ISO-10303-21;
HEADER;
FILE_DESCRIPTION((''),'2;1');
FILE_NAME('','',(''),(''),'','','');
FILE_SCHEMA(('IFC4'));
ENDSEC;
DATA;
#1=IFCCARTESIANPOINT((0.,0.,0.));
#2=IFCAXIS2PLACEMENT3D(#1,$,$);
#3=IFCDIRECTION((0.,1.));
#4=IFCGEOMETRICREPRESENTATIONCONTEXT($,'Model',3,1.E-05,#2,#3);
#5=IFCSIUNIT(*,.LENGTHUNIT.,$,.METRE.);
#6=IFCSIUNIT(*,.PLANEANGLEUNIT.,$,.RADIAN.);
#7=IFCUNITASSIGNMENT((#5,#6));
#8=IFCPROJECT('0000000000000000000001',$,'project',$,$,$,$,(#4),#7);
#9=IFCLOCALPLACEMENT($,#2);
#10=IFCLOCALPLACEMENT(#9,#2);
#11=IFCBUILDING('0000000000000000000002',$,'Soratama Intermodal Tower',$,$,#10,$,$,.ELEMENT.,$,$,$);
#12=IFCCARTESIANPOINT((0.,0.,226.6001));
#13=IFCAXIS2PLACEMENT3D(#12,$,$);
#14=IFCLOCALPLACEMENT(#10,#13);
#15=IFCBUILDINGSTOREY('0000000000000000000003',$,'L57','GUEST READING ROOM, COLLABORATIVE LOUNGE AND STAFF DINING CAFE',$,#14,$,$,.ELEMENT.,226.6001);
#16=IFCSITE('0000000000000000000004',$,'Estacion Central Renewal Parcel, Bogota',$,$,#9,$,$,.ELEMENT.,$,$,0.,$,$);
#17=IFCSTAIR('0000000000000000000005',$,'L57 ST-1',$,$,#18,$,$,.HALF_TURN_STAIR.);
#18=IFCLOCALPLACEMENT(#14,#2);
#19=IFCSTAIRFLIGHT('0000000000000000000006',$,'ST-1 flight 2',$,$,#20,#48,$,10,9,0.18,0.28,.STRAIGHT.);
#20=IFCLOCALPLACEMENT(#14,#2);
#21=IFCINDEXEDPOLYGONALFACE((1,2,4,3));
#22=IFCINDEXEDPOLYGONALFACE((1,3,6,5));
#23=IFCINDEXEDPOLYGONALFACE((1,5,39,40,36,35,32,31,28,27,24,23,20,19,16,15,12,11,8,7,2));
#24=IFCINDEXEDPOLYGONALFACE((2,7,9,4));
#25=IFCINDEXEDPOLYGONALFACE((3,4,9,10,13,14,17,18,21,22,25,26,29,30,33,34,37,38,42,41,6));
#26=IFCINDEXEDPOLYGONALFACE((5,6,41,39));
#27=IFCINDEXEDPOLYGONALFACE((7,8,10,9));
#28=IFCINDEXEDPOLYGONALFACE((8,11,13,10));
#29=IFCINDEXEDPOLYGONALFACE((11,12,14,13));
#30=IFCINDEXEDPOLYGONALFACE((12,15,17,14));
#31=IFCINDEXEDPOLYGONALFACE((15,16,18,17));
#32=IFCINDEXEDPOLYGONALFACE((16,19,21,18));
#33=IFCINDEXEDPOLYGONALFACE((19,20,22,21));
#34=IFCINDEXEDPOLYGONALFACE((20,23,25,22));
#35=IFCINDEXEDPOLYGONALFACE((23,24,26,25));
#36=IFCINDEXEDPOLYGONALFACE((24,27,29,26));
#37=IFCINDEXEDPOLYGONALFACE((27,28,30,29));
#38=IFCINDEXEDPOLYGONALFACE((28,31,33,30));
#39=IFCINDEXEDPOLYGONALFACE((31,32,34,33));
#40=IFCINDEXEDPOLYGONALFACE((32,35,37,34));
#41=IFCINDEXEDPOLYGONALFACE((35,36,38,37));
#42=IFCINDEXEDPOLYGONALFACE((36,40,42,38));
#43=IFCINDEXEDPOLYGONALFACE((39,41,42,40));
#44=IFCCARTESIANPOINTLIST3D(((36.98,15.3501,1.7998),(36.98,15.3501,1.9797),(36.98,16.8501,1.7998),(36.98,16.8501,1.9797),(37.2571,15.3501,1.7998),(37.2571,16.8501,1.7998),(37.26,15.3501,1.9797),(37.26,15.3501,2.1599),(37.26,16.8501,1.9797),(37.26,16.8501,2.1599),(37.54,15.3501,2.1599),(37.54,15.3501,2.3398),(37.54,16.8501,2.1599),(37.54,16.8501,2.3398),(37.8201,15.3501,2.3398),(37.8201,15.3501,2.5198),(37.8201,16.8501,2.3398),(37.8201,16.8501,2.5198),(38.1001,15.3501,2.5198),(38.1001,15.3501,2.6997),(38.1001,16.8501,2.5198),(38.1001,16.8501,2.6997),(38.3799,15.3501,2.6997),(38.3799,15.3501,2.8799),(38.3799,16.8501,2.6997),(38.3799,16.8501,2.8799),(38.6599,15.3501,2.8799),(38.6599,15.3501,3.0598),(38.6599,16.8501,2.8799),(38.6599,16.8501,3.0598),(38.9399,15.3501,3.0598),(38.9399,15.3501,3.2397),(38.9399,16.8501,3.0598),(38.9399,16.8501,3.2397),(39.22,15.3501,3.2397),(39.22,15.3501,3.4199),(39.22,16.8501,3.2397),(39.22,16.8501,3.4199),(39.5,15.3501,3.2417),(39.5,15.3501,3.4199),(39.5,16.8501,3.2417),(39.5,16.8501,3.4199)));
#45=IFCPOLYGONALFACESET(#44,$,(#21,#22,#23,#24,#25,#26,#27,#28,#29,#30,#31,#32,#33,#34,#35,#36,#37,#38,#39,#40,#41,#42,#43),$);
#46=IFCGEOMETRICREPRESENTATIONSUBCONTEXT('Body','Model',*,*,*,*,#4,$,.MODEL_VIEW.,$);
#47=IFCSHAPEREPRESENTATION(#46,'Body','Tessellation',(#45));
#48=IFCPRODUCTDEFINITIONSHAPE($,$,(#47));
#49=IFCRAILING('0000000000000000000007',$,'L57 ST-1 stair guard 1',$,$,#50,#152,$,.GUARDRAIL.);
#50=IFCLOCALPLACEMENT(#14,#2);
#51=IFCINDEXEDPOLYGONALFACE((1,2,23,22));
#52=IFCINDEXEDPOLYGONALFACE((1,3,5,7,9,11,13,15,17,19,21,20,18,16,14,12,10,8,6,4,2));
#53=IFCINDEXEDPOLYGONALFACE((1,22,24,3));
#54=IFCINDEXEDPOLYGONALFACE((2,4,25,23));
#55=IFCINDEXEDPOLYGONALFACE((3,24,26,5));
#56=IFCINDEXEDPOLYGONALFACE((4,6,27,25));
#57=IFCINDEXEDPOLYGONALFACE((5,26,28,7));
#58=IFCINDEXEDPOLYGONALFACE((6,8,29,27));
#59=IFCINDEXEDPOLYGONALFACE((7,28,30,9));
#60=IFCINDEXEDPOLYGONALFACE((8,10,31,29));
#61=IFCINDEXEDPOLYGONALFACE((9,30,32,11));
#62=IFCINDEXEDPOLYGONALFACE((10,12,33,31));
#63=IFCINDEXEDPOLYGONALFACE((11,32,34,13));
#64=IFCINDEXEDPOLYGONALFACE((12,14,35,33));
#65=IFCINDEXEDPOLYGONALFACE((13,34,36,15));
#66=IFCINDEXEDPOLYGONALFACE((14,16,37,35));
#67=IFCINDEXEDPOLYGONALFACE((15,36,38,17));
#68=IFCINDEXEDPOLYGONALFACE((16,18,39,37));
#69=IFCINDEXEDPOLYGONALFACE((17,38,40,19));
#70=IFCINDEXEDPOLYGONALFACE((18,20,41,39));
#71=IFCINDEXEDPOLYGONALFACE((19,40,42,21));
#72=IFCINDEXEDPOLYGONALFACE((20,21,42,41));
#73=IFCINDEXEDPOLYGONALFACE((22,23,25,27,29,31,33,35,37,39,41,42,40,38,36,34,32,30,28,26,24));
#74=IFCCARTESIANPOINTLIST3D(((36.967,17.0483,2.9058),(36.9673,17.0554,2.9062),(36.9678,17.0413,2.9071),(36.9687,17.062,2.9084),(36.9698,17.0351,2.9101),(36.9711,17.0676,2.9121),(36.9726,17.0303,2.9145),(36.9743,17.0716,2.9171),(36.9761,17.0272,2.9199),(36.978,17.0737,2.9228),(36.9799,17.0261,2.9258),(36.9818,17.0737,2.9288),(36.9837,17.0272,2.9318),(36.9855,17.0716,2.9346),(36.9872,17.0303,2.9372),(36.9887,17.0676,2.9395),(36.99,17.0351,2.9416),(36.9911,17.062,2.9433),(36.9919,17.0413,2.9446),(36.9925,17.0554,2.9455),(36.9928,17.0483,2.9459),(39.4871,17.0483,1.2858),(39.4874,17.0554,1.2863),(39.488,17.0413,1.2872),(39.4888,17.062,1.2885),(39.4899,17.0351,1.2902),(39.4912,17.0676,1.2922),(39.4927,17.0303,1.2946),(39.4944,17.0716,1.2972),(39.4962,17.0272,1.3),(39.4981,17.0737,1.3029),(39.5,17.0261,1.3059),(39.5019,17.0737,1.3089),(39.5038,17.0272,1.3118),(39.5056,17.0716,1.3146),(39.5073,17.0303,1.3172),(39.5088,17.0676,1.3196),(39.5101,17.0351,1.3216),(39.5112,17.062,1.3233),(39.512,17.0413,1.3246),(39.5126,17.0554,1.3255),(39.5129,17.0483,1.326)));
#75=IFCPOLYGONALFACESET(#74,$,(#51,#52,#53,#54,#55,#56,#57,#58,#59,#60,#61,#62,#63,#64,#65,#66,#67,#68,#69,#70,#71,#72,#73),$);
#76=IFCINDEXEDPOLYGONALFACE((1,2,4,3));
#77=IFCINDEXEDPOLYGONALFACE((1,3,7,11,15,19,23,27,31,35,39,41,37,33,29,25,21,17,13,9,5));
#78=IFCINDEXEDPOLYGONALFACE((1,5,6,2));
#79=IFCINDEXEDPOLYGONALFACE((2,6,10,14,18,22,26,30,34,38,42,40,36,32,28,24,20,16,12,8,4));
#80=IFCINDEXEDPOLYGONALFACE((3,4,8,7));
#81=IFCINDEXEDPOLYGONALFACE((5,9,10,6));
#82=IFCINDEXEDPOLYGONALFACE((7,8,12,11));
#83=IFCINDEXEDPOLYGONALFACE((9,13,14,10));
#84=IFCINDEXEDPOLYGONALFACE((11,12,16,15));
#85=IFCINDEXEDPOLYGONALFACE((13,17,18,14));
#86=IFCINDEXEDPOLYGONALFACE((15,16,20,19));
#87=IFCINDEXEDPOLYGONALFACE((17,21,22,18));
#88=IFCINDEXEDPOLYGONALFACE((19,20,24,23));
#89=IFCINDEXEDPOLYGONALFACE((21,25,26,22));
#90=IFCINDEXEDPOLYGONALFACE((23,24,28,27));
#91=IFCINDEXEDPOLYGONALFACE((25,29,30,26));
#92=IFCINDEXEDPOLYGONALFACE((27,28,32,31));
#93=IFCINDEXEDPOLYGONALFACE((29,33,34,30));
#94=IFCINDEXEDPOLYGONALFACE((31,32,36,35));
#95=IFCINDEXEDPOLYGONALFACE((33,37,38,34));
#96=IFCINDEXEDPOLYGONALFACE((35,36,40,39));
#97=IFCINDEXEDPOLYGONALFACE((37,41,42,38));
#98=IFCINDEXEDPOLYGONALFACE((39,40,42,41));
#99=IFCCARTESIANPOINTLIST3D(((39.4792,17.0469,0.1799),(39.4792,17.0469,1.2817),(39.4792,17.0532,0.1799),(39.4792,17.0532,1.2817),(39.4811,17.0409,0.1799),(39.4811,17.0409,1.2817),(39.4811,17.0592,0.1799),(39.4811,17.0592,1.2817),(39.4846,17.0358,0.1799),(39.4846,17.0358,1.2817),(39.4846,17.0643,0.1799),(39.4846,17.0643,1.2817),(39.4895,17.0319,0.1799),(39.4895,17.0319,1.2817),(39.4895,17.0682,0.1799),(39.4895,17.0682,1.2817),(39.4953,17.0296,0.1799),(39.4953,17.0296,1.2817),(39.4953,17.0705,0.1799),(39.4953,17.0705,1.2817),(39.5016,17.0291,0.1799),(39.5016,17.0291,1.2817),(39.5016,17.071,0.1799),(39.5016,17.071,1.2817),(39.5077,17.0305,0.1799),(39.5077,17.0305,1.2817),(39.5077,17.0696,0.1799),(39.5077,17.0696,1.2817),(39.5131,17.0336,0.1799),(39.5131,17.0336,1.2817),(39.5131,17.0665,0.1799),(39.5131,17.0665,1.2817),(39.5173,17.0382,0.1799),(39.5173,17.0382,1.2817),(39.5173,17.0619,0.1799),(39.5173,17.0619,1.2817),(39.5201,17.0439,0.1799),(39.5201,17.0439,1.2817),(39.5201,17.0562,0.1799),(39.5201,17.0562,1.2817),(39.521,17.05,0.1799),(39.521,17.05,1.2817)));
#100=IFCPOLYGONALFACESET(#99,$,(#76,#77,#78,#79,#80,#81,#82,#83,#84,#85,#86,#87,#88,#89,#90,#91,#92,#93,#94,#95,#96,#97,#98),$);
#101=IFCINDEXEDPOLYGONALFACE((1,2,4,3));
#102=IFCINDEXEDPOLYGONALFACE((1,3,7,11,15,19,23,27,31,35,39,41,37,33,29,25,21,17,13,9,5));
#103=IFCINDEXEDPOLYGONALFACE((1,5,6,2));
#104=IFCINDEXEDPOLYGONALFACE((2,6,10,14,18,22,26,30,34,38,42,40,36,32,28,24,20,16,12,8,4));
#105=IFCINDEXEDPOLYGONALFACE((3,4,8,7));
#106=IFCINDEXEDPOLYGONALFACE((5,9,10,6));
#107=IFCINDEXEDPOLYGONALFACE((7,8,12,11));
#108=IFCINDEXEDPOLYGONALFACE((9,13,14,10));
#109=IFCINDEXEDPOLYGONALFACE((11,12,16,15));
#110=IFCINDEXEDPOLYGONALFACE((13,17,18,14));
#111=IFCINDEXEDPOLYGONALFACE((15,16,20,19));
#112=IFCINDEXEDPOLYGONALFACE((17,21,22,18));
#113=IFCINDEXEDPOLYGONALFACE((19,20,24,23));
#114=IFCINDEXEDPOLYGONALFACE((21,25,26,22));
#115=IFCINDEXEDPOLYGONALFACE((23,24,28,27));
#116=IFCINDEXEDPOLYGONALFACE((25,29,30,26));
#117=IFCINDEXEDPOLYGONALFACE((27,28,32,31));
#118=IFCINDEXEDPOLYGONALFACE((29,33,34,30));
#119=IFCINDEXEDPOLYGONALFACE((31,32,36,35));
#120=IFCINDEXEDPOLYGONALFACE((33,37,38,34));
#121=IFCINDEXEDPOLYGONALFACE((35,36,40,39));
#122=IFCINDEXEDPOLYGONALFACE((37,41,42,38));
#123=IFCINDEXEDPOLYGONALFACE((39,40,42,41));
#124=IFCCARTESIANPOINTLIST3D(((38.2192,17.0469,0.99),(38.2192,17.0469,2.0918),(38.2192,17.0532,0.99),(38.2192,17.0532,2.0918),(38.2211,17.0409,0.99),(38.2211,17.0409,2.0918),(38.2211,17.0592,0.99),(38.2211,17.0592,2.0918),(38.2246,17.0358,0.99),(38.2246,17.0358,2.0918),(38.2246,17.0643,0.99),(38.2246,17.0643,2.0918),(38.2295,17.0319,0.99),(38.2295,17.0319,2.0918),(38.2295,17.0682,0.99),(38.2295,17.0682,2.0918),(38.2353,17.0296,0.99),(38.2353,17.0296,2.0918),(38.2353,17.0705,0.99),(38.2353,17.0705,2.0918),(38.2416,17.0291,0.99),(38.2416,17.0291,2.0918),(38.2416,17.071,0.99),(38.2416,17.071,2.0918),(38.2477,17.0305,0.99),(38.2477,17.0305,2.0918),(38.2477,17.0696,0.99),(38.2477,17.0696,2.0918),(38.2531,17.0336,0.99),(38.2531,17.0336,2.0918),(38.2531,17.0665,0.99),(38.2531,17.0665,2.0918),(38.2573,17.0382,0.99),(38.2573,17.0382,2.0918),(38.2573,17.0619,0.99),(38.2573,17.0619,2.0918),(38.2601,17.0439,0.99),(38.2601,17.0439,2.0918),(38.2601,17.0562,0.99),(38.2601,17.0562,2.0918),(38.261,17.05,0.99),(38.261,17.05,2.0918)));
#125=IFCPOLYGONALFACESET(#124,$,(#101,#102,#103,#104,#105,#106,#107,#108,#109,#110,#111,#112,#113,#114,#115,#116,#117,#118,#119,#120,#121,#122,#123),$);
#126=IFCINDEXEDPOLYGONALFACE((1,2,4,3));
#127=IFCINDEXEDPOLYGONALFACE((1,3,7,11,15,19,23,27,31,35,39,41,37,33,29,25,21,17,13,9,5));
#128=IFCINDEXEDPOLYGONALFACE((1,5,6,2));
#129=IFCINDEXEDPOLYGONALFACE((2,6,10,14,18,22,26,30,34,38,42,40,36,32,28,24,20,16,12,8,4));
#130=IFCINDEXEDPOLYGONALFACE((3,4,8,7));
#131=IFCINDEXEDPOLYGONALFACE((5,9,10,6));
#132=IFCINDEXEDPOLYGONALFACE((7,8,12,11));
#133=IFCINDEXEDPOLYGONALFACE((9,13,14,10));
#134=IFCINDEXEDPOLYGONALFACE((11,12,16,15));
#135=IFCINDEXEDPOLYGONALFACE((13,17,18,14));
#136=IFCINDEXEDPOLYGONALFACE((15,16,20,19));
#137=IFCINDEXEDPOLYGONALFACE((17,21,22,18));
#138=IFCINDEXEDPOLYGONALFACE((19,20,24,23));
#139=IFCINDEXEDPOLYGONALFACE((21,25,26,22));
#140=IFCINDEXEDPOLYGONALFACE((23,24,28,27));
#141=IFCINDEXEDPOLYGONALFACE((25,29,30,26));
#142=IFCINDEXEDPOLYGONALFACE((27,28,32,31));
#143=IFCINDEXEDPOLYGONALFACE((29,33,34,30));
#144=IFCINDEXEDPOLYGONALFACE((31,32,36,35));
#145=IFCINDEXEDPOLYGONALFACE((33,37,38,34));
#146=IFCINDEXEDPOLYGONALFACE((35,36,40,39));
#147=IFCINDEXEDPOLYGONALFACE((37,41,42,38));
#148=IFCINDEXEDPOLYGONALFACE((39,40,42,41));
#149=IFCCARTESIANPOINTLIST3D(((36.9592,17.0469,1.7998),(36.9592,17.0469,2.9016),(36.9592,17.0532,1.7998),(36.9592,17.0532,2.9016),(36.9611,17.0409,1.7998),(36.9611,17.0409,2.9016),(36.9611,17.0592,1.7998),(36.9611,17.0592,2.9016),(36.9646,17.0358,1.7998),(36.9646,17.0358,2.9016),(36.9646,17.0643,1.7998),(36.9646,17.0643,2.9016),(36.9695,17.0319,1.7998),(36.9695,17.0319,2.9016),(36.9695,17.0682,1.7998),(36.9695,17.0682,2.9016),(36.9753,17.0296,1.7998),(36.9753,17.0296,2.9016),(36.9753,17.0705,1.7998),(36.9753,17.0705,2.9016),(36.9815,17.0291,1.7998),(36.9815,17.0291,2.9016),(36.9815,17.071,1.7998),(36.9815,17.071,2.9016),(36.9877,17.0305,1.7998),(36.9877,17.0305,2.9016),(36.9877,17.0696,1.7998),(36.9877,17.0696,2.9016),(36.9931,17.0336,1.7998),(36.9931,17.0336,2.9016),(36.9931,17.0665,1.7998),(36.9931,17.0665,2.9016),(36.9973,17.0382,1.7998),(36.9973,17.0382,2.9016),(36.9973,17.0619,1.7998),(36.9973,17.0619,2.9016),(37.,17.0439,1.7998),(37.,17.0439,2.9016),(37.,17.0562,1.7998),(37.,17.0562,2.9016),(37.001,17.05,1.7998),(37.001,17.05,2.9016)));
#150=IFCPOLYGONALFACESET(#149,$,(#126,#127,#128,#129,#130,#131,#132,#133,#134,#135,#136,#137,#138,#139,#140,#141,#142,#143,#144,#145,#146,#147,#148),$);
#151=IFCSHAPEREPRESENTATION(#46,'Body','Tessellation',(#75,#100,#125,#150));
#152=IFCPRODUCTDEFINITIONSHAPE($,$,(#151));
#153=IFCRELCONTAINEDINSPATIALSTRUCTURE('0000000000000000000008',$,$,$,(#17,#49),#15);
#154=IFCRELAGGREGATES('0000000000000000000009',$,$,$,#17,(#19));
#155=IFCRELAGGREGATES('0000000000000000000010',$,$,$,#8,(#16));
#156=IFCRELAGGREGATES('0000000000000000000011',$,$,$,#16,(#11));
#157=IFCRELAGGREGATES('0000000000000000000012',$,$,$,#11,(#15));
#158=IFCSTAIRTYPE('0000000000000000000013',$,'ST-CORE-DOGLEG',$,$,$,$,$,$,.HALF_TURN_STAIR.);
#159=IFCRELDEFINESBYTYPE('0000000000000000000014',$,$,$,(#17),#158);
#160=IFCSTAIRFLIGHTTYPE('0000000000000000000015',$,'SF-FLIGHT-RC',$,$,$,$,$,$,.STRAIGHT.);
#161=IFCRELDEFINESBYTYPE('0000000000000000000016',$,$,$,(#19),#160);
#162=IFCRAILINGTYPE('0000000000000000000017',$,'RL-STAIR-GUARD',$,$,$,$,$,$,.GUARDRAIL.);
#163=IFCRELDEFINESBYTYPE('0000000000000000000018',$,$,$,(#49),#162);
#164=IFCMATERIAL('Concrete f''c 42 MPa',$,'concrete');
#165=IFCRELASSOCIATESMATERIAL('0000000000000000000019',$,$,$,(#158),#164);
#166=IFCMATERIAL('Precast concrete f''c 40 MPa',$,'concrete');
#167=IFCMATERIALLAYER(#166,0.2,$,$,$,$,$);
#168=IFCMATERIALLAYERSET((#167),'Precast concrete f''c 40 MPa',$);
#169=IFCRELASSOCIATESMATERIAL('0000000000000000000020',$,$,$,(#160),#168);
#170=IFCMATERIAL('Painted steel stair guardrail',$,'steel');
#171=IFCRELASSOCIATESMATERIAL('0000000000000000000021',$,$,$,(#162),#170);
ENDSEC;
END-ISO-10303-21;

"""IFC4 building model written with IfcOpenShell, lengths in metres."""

from ifc_helpers import new_model, si_unit, direction, frame, origin, origin_2d, place, context, subcontext, project, spatial, polyline, circle, outline, extrude, material, layer, layer_set, type_object, element, aggregate, save


model = new_model("IFC4")

# Units and contexts
model_context = context("Model", 3, precision=1e-05, world=origin(), true_north=direction((0.0, 1.0)))
body_context = subcontext(model_context, "Body", "Model", "MODEL_VIEW")
ifc_project = project(units=[si_unit("LENGTHUNIT", "METRE"), si_unit("PLANEANGLEUNIT", "RADIAN")], contexts=[model_context])

# Site, building, storey
site_placement = place(None, origin())
site = spatial("IfcSite", under=ifc_project, at=site_placement, Name="Estacion Central Renewal Parcel, Bogota", CompositionType="ELEMENT", RefElevation=0.0)
building_placement = place(site_placement, origin())
building = spatial("IfcBuilding", under=site, at=building_placement, Name="Soratama Intermodal Tower", CompositionType="ELEMENT")
storey_placement = place(building_placement, frame((0.0, 0.0, 226.6001)))
storey = spatial("IfcBuildingStorey", under=building, at=storey_placement, Name="L57", Description="GUEST READING ROOM, COLLABORATIVE LOUNGE AND STAFF DINING CAFE", CompositionType="ELEMENT", Elevation=226.6001)

# Stair, stair flight
ifc_material_1 = material(Name="Concrete f'c 42 MPa", Category="concrete")
stair_type = type_object("IfcStairType", Name="ST-CORE-DOGLEG", PredefinedType="HALF_TURN_STAIR", material=ifc_material_1)
stair_placement = place(storey_placement, origin())
stair = element("IfcStair", 1, at=stair_placement, inside=storey, type_object=stair_type, Name="L57 ST-1", PredefinedType="HALF_TURN_STAIR")
ifc_material_2 = material(Name="Precast concrete f'c 40 MPa", Category="concrete")
ifc_layer_1 = layer(ifc_material_2, 0.2)
ifc_layer_set_1 = layer_set([ifc_layer_1], Name="Precast concrete f'c 40 MPa")
stair_flight_type = type_object("IfcStairFlightType", Name="SF-FLIGHT-RC", PredefinedType="STRAIGHT", material=ifc_layer_set_1)
stair_flight_1_placement = place(storey_placement, frame((36.98, 16.1001, 1.7998), z_axis=(0.0, 0.0, 1.0), x_axis=(1.0, 0.0, 0.0)))
stair_flight_1 = element("IfcStairFlight", 2, at=stair_flight_1_placement, type_object=stair_flight_type, Name="ST-1 flight 2", NumberOfRisers=10, NumberOfTreads=9, PredefinedType="STRAIGHT", RiserHeight=0.18, TreadLength=0.28, context=body_context, shape_type="SweptSolid", body=[
    extrude(outline(polyline([(0.0, 0.0), (0.0, 0.1799), (0.28, 0.1799), (0.28, 0.3601), (0.5601, 0.3601), (0.5601, 0.54), (0.8401, 0.54), (0.8401, 0.72), (1.1201, 0.72), (1.1201, 0.8999), (1.3999, 0.8999), (1.3999, 1.0801), (1.6799, 1.0801), (1.6799, 1.26), (1.96, 1.26), (1.96, 1.4399), (2.24, 1.4399), (2.24, 1.6201), (2.52, 1.6201), (2.52, 1.8), (2.52, 1.4419), (0.2771, 0.0), (0.0, 0.0)])), frame((0.0, 0.75, 0.0), z_axis=(0.0, -1.0, 0.0), x_axis=(1.0, 0.0, 0.0)), (0.0, 0.0, 1.0), 1.5),
])
aggregate(stair, [stair_flight_1])

# Railing
ifc_material_3 = material(Name="Painted steel stair guardrail", Category="steel")
railing_type_1 = type_object("IfcRailingType", Name="RL-STAIR-GUARD", PredefinedType="GUARDRAIL", material=ifc_material_3)
railing_1_placement = place(storey_placement, frame((39.5, 17.05, 0.1799)))
element("IfcRailing", 3, at=railing_1_placement, inside=storey, type_object=railing_type_1, Name="L57 ST-1 stair guard 1", PredefinedType="GUARDRAIL", context=body_context, shape_type="SweptSolid", body=[
    extrude(circle(Radius=0.0239, at=origin_2d()), frame((0.0, 0.0, 1.126), z_axis=(-0.8412, 0.0, 0.540725), x_axis=(0.0, -1.0, 0.0)), (0.0, 0.0, 1.0), 2.9958),
    extrude(circle(Radius=0.021, at=origin_2d()), origin(), (0.0, 0.0, 1.0), 1.1018),
    extrude(circle(Radius=0.021, at=origin_2d()), frame((-1.26, 0.0, 0.8101)), (0.0, 0.0, 1.0), 1.1018),
    extrude(circle(Radius=0.021, at=origin_2d()), frame((-2.52, 0.0, 1.6199)), (0.0, 0.0, 1.0), 1.1018),
])

save(model, "model.ifc")
